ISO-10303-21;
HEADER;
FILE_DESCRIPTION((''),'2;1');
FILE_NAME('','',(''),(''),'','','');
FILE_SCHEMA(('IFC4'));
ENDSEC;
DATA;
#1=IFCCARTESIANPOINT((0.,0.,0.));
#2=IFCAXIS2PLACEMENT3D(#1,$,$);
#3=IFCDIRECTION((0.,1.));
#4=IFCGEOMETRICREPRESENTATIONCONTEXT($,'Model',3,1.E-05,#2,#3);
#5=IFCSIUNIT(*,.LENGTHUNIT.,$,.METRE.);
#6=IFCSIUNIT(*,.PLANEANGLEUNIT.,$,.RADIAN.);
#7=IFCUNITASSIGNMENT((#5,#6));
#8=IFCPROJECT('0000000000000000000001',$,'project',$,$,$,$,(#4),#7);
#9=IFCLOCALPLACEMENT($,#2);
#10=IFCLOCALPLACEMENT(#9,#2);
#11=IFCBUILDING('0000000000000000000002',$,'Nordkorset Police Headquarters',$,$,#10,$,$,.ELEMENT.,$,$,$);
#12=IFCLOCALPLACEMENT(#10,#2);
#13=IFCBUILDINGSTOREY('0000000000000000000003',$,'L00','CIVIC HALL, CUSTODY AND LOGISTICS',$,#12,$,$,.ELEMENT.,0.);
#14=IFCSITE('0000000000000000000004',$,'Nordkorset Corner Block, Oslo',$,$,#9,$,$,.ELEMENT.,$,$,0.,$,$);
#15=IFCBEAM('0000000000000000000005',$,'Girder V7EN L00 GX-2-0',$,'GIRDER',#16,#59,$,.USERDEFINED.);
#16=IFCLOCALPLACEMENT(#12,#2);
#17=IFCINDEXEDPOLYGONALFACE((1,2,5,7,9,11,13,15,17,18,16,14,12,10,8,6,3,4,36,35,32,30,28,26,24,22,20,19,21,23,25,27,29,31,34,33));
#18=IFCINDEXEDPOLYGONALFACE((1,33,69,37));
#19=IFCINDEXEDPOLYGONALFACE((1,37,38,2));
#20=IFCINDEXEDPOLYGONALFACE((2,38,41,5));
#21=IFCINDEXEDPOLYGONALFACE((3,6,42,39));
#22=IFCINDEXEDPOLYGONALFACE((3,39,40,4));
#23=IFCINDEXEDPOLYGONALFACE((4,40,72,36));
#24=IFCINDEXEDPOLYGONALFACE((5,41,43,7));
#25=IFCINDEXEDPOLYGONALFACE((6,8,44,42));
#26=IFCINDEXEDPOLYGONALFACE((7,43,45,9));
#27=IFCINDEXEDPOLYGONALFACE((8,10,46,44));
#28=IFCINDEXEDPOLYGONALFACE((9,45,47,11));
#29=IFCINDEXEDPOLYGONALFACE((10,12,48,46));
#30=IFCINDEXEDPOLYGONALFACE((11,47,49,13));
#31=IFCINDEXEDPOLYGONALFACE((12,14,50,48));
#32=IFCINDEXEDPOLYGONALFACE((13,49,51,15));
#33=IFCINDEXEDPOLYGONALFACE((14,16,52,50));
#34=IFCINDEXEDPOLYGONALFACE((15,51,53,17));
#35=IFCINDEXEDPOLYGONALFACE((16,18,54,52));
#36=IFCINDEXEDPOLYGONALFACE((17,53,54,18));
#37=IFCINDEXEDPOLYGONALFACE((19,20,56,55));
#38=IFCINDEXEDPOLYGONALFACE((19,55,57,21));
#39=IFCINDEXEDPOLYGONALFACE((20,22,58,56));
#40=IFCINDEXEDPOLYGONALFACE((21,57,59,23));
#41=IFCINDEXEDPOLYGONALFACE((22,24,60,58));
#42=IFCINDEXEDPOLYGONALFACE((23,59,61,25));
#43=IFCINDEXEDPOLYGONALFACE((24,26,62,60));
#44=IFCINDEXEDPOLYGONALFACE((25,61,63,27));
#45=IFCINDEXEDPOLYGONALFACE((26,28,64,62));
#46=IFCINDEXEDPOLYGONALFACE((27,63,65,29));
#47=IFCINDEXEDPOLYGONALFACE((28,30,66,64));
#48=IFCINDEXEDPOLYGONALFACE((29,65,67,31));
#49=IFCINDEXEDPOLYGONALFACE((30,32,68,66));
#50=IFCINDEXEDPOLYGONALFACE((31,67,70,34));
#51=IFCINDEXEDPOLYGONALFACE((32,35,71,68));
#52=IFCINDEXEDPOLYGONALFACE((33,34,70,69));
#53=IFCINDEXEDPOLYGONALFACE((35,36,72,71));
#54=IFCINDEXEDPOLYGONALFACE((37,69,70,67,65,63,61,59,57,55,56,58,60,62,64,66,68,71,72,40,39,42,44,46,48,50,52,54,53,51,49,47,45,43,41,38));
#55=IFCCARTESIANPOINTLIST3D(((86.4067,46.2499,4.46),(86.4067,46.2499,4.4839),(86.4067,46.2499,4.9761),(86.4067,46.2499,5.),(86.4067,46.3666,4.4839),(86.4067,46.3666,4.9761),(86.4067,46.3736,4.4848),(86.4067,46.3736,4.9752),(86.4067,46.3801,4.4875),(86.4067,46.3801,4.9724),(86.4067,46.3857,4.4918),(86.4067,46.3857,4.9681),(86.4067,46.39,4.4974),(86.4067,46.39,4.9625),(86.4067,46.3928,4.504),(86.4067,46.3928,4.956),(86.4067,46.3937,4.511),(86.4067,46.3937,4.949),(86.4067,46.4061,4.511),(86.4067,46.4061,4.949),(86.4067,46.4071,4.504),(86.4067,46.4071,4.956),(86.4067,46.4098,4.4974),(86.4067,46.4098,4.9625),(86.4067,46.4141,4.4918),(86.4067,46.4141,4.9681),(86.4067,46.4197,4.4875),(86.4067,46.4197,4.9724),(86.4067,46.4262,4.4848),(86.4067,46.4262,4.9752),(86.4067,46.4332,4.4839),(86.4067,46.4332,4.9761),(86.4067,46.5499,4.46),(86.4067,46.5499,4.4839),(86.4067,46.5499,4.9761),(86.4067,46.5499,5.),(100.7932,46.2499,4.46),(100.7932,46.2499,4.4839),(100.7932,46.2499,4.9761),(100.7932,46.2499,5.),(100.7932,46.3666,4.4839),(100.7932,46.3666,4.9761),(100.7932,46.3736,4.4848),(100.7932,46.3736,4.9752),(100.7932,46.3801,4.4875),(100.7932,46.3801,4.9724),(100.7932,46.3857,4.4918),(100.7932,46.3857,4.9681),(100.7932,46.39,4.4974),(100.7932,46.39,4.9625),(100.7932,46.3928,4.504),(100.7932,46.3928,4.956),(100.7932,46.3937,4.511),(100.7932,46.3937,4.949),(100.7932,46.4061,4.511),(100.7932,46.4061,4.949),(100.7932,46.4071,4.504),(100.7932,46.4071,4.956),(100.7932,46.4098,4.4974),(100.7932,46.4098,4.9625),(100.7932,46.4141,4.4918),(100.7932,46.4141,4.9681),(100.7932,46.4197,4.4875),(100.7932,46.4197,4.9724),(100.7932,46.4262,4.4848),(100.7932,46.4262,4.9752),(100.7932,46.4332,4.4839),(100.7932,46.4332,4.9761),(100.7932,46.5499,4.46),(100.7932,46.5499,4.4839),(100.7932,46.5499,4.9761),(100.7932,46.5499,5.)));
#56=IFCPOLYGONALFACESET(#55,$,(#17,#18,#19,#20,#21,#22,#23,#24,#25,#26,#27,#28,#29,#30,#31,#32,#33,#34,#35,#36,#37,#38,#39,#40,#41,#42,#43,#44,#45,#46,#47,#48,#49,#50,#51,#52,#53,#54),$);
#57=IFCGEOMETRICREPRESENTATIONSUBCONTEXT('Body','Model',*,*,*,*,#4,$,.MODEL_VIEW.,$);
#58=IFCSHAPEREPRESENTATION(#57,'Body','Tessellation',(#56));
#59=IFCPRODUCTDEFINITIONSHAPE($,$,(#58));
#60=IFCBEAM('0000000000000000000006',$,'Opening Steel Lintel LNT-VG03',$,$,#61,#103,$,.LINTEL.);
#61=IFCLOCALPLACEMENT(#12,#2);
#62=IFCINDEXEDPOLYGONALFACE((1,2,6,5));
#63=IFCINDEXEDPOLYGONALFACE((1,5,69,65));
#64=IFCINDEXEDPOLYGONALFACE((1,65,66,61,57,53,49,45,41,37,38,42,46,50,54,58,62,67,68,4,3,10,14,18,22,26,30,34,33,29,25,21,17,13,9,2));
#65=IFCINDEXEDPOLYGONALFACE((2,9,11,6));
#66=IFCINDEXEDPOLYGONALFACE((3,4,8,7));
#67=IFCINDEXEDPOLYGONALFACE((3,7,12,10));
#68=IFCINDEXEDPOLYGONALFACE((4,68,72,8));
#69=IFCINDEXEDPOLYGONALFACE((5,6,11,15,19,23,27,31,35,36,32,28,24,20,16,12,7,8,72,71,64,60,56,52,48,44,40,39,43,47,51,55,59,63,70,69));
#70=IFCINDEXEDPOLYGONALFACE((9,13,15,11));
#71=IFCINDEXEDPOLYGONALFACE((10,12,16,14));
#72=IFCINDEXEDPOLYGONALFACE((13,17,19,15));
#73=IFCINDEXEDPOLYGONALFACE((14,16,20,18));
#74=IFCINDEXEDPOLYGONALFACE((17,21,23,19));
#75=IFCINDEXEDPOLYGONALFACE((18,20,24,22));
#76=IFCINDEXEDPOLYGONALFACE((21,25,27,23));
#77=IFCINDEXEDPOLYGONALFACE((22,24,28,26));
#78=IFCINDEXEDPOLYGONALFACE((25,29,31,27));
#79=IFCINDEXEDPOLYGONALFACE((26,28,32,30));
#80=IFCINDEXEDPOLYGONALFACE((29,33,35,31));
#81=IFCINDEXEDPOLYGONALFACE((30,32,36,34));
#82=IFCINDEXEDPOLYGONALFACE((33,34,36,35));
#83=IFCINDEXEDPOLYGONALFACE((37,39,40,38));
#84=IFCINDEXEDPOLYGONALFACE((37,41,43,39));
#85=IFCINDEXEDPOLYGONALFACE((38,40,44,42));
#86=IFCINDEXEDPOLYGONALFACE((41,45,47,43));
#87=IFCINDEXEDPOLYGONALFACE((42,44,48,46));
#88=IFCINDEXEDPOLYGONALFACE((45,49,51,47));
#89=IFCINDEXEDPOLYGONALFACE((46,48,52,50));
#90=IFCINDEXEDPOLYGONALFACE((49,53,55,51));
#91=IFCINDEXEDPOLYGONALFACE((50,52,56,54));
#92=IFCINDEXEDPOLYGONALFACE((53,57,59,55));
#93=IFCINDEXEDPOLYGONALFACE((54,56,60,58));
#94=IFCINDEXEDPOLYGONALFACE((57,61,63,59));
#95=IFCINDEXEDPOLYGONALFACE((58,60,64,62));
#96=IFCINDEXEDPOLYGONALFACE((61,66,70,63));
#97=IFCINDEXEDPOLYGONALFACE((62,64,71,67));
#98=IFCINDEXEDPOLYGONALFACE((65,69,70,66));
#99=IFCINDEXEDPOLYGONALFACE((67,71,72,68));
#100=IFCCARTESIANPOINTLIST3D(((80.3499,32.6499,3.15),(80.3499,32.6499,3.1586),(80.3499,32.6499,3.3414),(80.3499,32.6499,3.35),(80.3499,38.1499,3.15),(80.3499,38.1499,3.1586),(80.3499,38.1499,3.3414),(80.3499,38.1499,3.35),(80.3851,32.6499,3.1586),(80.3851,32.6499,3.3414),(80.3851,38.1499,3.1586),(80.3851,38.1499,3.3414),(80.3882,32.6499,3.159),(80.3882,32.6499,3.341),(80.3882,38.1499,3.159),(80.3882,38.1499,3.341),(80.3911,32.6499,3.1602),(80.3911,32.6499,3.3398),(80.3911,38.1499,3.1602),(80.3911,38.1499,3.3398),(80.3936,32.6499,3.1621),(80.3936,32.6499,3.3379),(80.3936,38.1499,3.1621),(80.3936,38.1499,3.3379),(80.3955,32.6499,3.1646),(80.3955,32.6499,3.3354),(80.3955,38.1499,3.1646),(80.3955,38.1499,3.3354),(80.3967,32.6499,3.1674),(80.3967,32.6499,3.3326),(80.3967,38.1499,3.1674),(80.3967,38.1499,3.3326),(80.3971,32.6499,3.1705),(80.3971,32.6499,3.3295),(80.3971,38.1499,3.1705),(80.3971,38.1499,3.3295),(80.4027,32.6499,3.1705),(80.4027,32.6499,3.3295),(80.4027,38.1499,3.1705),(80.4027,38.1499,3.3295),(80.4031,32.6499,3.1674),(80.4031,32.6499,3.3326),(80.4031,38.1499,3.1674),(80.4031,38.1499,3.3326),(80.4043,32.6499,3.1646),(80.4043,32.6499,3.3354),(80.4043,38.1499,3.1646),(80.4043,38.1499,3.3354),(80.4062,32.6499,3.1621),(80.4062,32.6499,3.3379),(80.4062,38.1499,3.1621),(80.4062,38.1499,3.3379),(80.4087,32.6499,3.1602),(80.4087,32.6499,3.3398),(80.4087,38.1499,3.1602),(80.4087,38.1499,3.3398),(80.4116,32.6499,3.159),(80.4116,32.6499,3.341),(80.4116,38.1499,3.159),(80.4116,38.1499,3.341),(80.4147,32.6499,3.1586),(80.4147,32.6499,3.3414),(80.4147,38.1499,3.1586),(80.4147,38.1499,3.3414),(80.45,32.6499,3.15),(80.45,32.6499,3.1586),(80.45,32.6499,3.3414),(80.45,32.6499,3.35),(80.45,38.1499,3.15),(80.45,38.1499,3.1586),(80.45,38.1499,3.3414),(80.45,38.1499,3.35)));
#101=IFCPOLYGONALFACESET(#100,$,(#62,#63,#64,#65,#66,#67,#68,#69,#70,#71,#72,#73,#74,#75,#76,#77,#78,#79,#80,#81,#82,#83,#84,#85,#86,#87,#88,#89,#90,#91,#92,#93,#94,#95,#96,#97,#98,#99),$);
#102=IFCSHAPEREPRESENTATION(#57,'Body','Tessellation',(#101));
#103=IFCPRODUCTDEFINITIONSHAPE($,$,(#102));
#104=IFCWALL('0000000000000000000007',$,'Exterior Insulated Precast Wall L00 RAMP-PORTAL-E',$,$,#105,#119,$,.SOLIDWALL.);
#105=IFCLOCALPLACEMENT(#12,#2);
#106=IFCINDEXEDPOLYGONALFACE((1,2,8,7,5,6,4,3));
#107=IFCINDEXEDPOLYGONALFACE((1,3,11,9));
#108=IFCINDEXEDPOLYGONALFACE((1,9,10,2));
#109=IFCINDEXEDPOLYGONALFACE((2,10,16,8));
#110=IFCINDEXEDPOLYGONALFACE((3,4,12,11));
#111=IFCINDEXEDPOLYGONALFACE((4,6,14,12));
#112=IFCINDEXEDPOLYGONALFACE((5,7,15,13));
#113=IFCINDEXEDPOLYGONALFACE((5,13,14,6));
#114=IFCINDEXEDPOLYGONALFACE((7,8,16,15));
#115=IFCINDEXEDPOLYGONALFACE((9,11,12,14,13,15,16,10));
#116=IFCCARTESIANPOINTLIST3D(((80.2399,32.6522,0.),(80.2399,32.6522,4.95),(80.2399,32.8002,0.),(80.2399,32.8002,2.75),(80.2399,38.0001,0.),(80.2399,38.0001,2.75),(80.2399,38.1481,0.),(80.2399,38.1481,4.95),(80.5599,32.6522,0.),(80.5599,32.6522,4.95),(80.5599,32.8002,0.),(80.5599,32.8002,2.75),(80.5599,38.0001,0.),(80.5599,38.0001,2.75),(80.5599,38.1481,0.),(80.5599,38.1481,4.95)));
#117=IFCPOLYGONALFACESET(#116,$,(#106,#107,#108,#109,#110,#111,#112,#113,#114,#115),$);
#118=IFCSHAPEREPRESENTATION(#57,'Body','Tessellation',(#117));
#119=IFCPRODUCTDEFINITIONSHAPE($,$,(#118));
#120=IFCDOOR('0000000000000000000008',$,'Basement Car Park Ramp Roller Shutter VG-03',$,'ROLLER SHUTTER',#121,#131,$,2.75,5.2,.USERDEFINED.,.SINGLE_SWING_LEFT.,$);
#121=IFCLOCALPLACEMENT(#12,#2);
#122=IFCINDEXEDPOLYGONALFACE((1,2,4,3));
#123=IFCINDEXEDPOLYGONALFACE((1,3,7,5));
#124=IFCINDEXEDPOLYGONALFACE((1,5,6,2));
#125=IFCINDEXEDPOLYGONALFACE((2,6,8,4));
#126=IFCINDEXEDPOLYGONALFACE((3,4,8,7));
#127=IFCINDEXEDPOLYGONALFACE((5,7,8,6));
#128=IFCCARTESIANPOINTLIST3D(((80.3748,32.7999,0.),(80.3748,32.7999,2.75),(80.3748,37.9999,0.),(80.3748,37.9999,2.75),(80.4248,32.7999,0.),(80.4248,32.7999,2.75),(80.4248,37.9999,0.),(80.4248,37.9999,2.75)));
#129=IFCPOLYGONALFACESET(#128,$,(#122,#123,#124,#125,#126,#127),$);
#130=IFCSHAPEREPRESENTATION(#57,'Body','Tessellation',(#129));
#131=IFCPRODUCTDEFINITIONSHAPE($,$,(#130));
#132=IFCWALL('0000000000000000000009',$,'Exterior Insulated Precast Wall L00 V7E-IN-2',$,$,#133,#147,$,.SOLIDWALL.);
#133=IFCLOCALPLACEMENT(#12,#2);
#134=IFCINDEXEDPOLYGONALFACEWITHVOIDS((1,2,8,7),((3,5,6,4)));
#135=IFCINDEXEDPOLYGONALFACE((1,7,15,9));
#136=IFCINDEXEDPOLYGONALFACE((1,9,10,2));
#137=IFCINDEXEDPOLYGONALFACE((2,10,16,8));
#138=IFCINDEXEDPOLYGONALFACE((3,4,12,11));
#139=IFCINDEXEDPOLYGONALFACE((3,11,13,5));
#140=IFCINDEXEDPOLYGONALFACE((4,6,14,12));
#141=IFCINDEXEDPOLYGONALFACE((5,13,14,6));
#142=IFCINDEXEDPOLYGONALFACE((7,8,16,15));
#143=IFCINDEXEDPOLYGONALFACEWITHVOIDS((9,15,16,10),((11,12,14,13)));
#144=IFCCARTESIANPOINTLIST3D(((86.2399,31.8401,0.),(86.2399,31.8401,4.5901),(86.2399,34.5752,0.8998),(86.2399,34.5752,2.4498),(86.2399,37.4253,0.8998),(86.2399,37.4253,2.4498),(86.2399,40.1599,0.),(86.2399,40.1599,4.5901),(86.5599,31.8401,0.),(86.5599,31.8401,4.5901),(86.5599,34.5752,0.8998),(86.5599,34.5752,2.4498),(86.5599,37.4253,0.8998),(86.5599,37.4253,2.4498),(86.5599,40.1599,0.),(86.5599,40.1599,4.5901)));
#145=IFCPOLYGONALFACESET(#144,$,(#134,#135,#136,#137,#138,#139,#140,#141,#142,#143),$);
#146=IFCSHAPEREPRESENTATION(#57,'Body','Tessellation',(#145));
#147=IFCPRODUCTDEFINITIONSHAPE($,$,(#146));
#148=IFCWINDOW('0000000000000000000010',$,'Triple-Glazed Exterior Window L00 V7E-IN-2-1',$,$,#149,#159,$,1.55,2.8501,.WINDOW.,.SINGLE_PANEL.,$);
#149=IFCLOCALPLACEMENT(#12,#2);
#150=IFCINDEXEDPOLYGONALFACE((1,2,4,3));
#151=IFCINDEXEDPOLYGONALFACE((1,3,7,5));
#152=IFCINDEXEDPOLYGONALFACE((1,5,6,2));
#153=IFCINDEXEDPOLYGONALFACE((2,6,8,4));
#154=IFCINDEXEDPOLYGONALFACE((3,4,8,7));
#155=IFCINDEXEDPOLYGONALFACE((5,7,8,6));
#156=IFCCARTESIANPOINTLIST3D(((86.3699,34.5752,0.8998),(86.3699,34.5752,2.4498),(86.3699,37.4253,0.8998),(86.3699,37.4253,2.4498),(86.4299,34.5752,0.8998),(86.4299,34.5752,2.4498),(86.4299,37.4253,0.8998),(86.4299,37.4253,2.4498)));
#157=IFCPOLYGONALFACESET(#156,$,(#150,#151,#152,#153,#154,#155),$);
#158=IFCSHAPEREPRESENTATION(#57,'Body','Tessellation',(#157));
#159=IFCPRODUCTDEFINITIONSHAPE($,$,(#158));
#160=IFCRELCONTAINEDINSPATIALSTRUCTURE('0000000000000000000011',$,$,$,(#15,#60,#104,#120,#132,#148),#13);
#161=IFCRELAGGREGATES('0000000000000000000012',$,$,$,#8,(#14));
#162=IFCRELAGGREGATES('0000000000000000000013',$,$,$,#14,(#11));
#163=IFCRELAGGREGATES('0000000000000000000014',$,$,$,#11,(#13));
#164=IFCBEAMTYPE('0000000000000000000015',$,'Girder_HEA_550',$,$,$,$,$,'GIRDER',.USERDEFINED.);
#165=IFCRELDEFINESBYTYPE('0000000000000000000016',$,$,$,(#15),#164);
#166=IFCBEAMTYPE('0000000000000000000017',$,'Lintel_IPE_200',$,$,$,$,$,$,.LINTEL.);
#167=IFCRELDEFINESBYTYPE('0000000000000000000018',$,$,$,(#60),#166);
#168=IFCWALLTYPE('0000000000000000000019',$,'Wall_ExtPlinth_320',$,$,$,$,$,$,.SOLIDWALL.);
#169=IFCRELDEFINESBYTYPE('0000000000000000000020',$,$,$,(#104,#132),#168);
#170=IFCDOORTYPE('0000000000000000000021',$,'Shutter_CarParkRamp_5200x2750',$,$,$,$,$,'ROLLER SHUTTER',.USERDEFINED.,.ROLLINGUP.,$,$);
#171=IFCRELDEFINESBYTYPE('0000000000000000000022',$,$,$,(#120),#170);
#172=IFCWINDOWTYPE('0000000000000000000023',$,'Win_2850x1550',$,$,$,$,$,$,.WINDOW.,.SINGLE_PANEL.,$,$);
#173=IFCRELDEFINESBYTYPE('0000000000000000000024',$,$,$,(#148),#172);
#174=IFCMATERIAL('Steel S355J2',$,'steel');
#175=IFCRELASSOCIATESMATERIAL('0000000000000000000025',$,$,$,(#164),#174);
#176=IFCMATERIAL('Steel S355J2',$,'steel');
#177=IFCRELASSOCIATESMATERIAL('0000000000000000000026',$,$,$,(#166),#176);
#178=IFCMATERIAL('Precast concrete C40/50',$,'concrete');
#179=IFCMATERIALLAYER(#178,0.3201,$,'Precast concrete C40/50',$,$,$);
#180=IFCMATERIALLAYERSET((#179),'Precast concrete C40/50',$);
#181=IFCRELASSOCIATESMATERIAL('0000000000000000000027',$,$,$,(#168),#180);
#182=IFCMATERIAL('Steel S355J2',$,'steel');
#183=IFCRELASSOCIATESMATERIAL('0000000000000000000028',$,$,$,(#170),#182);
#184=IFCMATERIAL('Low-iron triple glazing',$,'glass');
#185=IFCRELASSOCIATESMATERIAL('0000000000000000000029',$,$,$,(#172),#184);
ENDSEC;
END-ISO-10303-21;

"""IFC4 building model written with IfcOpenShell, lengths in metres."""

from ifc_helpers import new_model, si_unit, direction, frame, frame_2d, origin, origin_2d, place, context, subcontext, project, spatial, rectangle, i_section, extrude, material, layer, layer_set, material_profile, profile_set, type_object, element, fill, save


model = new_model("IFC4")

# Units and contexts
model_context = context("Model", 3, precision=1e-05, world=origin(), true_north=direction((0.0, 1.0)))
body_context = subcontext(model_context, "Body", "Model", "MODEL_VIEW")
ifc_project = project(units=[si_unit("LENGTHUNIT", "METRE"), si_unit("PLANEANGLEUNIT", "RADIAN")], contexts=[model_context])

# Site, building, storey
site_placement = place(None, origin())
site = spatial("IfcSite", under=ifc_project, at=site_placement, Name="Nordkorset Corner Block, Oslo", CompositionType="ELEMENT", RefElevation=0.0)
building_placement = place(site_placement, origin())
building = spatial("IfcBuilding", under=site, at=building_placement, Name="Nordkorset Police Headquarters", CompositionType="ELEMENT")
storey_placement = place(building_placement, origin())
storey = spatial("IfcBuildingStorey", under=building, at=storey_placement, Name="L00", Description="CIVIC HALL, CUSTODY AND LOGISTICS", CompositionType="ELEMENT", Elevation=0.0)

# Beams
ifc_material_1 = material(Name="Steel S355J2", Category="steel")
ifc_material_profile_1 = material_profile(ifc_material_1, i_section(OverallWidth=0.3, OverallDepth=0.54, WebThickness=0.0125, FlangeThickness=0.0239, FilletRadius=0.0271, at=origin_2d()), Name="HEA 550")
ifc_profile_set_1 = profile_set([ifc_material_profile_1], Name="Steel S355J2")
beam_type_1 = type_object("IfcBeamType", Name="Girder_HEA_550", ElementType="GIRDER", PredefinedType="USERDEFINED", material=ifc_profile_set_1)
for number, where, z_axis, x_axis, name in (
    (1, (86.4067, 46.3999, 4.73), (1.0, 0.0, 0.0), (0.0, 1.0, 0.0), "Girder V7EN L00 GX-2-0"),
):
    element("IfcBeam", number, at=place(storey_placement, frame(where, z_axis=z_axis, x_axis=x_axis)), inside=storey, type_object=beam_type_1, Name=name, ObjectType="GIRDER", PredefinedType="USERDEFINED", context=body_context, shape_type="SweptSolid", body=[
        extrude(i_section(OverallWidth=0.3, OverallDepth=0.54, WebThickness=0.0125, FlangeThickness=0.0239, FilletRadius=0.0271, at=origin_2d()), origin(), (0.0, 0.0, 1.0), 14.3865),
    ])
ifc_material_2 = material(Name="Steel S355J2", Category="steel")
ifc_material_profile_2 = material_profile(ifc_material_2, i_section(OverallWidth=0.1001, OverallDepth=0.2, WebThickness=0.0056, FlangeThickness=0.0085, FilletRadius=0.012, at=origin_2d()), Name="IPE 200")
ifc_profile_set_2 = profile_set([ifc_material_profile_2], Name="Steel S355J2")
beam_type_2 = type_object("IfcBeamType", Name="Lintel_IPE_200", PredefinedType="LINTEL", material=ifc_profile_set_2)
beam_1_placement = place(storey_placement, frame((80.3999, 32.6499, 3.25), z_axis=(0.0, 1.0, 0.0), x_axis=(-1.0, 0.0, 0.0)))
element("IfcBeam", 2, at=beam_1_placement, inside=storey, type_object=beam_type_2, Name="Opening Steel Lintel LNT-VG03", PredefinedType="LINTEL", context=body_context, shape_type="SweptSolid", body=[
    extrude(i_section(OverallWidth=0.1001, OverallDepth=0.2, WebThickness=0.0056, FlangeThickness=0.0085, FilletRadius=0.012, at=origin_2d()), origin(), (0.0, 0.0, 1.0), 5.5),
])

# Wall, opening, door
ifc_material_3 = material(Name="Precast concrete C40/50", Category="concrete")
ifc_layer_1 = layer(ifc_material_3, 0.3201, Name="Precast concrete C40/50")
ifc_layer_set_1 = layer_set([ifc_layer_1], Name="Precast concrete C40/50")
wall_type_1 = type_object("IfcWallType", Name="Wall_ExtPlinth_320", PredefinedType="SOLIDWALL", material=ifc_layer_set_1)
wall_1_placement = place(storey_placement, frame((80.3999, 32.6521, 0.0), z_axis=(0.0, 0.0, 1.0), x_axis=(0.0, 1.0, 0.0)))
wall_1 = element("IfcWall", 3, at=wall_1_placement, inside=storey, type_object=wall_type_1, Name="Exterior Insulated Precast Wall L00 RAMP-PORTAL-E", PredefinedType="SOLIDWALL", context=body_context, shape_type="SweptSolid", body=[
    extrude(rectangle(XDim=5.4958, YDim=0.3201, at=frame_2d((2.748, 0.0))), origin(), (0.0, 0.0, 1.0), 4.95),
])
opening_1_placement = place(wall_1_placement, frame((0.1479, 0.0, 0.0)))
opening_1 = element("IfcOpeningElement", 4, at=opening_1_placement, cuts=wall_1, PredefinedType="OPENING", context=body_context, shape_type="SweptSolid", body=[
    extrude(rectangle(XDim=5.2, YDim=2.75, at=frame_2d((2.6001, 1.375))), frame((0.0, 0.1699, 0.0), z_axis=(0.0, -1.0, 0.0), x_axis=(1.0, 0.0, 0.0)), (0.0, 0.0, 1.0), 0.3401),
])
ifc_material_4 = material(Name="Steel S355J2", Category="steel")
door_type = type_object("IfcDoorType", Name="Shutter_CarParkRamp_5200x2750", ElementType="ROLLER SHUTTER", OperationType="ROLLINGUP", PredefinedType="USERDEFINED", material=ifc_material_4)
door_placement = place(opening_1_placement, frame((5.2, 0.0, 0.0), z_axis=(0.0, 0.0, 1.0), x_axis=(-1.0, 0.0, 0.0)))
door = element("IfcDoor", 5, at=door_placement, inside=storey, type_object=door_type, Name="Basement Car Park Ramp Roller Shutter VG-03", ObjectType="ROLLER SHUTTER", OperationType="SINGLE_SWING_LEFT", OverallHeight=2.75, OverallWidth=5.2, PredefinedType="USERDEFINED", context=body_context, shape_type="SweptSolid", body=[
    extrude(rectangle(XDim=5.2, YDim=2.75, at=frame_2d((2.6001, 1.375))), frame((0.0, 0.0249, 0.0), z_axis=(0.0, -1.0, 0.0), x_axis=(1.0, 0.0, 0.0)), (0.0, 0.0, 1.0), 0.05),
])
fill(opening_1, door)

# Wall, opening, window
wall_2_placement = place(storey_placement, frame((86.3999, 31.8401, 0.0), z_axis=(0.0, 0.0, 1.0), x_axis=(0.0, 1.0, 0.0)))
wall_2 = element("IfcWall", 6, at=wall_2_placement, inside=storey, type_object=wall_type_1, Name="Exterior Insulated Precast Wall L00 V7E-IN-2", PredefinedType="SOLIDWALL", context=body_context, shape_type="SweptSolid", body=[
    extrude(rectangle(XDim=8.3198, YDim=0.3201, at=frame_2d((4.1599, 0.0))), origin(), (0.0, 0.0, 1.0), 4.5901),
])
opening_2_placement = place(wall_2_placement, frame((2.7351, 0.0, 0.8999)))
opening_2 = element("IfcOpeningElement", 7, at=opening_2_placement, cuts=wall_2, PredefinedType="OPENING", context=body_context, shape_type="SweptSolid", body=[
    extrude(rectangle(XDim=2.8501, YDim=1.55, at=frame_2d((1.425, 0.7749))), frame((0.0, 0.1699, 0.0), z_axis=(0.0, -1.0, 0.0), x_axis=(1.0, 0.0, 0.0)), (0.0, 0.0, 1.0), 0.3401),
])
ifc_material_5 = material(Name="Low-iron triple glazing", Category="glass")
window_type_1 = type_object("IfcWindowType", Name="Win_2850x1550", PartitioningType="SINGLE_PANEL", PredefinedType="WINDOW", material=ifc_material_5)
window_1_placement = place(opening_2_placement, origin())
window_1 = element("IfcWindow", 8, at=window_1_placement, inside=storey, type_object=window_type_1, Name="Triple-Glazed Exterior Window L00 V7E-IN-2-1", OverallHeight=1.55, OverallWidth=2.8501, PartitioningType="SINGLE_PANEL", PredefinedType="WINDOW", context=body_context, shape_type="SweptSolid", body=[
    extrude(rectangle(XDim=2.8501, YDim=1.55, at=frame_2d((1.425, 0.7749))), frame((0.0, 0.03, 0.0), z_axis=(0.0, -1.0, 0.0), x_axis=(1.0, 0.0, 0.0)), (0.0, 0.0, 1.0), 0.0601),
])
fill(opening_2, window_1)

save(model, "model.ifc")
